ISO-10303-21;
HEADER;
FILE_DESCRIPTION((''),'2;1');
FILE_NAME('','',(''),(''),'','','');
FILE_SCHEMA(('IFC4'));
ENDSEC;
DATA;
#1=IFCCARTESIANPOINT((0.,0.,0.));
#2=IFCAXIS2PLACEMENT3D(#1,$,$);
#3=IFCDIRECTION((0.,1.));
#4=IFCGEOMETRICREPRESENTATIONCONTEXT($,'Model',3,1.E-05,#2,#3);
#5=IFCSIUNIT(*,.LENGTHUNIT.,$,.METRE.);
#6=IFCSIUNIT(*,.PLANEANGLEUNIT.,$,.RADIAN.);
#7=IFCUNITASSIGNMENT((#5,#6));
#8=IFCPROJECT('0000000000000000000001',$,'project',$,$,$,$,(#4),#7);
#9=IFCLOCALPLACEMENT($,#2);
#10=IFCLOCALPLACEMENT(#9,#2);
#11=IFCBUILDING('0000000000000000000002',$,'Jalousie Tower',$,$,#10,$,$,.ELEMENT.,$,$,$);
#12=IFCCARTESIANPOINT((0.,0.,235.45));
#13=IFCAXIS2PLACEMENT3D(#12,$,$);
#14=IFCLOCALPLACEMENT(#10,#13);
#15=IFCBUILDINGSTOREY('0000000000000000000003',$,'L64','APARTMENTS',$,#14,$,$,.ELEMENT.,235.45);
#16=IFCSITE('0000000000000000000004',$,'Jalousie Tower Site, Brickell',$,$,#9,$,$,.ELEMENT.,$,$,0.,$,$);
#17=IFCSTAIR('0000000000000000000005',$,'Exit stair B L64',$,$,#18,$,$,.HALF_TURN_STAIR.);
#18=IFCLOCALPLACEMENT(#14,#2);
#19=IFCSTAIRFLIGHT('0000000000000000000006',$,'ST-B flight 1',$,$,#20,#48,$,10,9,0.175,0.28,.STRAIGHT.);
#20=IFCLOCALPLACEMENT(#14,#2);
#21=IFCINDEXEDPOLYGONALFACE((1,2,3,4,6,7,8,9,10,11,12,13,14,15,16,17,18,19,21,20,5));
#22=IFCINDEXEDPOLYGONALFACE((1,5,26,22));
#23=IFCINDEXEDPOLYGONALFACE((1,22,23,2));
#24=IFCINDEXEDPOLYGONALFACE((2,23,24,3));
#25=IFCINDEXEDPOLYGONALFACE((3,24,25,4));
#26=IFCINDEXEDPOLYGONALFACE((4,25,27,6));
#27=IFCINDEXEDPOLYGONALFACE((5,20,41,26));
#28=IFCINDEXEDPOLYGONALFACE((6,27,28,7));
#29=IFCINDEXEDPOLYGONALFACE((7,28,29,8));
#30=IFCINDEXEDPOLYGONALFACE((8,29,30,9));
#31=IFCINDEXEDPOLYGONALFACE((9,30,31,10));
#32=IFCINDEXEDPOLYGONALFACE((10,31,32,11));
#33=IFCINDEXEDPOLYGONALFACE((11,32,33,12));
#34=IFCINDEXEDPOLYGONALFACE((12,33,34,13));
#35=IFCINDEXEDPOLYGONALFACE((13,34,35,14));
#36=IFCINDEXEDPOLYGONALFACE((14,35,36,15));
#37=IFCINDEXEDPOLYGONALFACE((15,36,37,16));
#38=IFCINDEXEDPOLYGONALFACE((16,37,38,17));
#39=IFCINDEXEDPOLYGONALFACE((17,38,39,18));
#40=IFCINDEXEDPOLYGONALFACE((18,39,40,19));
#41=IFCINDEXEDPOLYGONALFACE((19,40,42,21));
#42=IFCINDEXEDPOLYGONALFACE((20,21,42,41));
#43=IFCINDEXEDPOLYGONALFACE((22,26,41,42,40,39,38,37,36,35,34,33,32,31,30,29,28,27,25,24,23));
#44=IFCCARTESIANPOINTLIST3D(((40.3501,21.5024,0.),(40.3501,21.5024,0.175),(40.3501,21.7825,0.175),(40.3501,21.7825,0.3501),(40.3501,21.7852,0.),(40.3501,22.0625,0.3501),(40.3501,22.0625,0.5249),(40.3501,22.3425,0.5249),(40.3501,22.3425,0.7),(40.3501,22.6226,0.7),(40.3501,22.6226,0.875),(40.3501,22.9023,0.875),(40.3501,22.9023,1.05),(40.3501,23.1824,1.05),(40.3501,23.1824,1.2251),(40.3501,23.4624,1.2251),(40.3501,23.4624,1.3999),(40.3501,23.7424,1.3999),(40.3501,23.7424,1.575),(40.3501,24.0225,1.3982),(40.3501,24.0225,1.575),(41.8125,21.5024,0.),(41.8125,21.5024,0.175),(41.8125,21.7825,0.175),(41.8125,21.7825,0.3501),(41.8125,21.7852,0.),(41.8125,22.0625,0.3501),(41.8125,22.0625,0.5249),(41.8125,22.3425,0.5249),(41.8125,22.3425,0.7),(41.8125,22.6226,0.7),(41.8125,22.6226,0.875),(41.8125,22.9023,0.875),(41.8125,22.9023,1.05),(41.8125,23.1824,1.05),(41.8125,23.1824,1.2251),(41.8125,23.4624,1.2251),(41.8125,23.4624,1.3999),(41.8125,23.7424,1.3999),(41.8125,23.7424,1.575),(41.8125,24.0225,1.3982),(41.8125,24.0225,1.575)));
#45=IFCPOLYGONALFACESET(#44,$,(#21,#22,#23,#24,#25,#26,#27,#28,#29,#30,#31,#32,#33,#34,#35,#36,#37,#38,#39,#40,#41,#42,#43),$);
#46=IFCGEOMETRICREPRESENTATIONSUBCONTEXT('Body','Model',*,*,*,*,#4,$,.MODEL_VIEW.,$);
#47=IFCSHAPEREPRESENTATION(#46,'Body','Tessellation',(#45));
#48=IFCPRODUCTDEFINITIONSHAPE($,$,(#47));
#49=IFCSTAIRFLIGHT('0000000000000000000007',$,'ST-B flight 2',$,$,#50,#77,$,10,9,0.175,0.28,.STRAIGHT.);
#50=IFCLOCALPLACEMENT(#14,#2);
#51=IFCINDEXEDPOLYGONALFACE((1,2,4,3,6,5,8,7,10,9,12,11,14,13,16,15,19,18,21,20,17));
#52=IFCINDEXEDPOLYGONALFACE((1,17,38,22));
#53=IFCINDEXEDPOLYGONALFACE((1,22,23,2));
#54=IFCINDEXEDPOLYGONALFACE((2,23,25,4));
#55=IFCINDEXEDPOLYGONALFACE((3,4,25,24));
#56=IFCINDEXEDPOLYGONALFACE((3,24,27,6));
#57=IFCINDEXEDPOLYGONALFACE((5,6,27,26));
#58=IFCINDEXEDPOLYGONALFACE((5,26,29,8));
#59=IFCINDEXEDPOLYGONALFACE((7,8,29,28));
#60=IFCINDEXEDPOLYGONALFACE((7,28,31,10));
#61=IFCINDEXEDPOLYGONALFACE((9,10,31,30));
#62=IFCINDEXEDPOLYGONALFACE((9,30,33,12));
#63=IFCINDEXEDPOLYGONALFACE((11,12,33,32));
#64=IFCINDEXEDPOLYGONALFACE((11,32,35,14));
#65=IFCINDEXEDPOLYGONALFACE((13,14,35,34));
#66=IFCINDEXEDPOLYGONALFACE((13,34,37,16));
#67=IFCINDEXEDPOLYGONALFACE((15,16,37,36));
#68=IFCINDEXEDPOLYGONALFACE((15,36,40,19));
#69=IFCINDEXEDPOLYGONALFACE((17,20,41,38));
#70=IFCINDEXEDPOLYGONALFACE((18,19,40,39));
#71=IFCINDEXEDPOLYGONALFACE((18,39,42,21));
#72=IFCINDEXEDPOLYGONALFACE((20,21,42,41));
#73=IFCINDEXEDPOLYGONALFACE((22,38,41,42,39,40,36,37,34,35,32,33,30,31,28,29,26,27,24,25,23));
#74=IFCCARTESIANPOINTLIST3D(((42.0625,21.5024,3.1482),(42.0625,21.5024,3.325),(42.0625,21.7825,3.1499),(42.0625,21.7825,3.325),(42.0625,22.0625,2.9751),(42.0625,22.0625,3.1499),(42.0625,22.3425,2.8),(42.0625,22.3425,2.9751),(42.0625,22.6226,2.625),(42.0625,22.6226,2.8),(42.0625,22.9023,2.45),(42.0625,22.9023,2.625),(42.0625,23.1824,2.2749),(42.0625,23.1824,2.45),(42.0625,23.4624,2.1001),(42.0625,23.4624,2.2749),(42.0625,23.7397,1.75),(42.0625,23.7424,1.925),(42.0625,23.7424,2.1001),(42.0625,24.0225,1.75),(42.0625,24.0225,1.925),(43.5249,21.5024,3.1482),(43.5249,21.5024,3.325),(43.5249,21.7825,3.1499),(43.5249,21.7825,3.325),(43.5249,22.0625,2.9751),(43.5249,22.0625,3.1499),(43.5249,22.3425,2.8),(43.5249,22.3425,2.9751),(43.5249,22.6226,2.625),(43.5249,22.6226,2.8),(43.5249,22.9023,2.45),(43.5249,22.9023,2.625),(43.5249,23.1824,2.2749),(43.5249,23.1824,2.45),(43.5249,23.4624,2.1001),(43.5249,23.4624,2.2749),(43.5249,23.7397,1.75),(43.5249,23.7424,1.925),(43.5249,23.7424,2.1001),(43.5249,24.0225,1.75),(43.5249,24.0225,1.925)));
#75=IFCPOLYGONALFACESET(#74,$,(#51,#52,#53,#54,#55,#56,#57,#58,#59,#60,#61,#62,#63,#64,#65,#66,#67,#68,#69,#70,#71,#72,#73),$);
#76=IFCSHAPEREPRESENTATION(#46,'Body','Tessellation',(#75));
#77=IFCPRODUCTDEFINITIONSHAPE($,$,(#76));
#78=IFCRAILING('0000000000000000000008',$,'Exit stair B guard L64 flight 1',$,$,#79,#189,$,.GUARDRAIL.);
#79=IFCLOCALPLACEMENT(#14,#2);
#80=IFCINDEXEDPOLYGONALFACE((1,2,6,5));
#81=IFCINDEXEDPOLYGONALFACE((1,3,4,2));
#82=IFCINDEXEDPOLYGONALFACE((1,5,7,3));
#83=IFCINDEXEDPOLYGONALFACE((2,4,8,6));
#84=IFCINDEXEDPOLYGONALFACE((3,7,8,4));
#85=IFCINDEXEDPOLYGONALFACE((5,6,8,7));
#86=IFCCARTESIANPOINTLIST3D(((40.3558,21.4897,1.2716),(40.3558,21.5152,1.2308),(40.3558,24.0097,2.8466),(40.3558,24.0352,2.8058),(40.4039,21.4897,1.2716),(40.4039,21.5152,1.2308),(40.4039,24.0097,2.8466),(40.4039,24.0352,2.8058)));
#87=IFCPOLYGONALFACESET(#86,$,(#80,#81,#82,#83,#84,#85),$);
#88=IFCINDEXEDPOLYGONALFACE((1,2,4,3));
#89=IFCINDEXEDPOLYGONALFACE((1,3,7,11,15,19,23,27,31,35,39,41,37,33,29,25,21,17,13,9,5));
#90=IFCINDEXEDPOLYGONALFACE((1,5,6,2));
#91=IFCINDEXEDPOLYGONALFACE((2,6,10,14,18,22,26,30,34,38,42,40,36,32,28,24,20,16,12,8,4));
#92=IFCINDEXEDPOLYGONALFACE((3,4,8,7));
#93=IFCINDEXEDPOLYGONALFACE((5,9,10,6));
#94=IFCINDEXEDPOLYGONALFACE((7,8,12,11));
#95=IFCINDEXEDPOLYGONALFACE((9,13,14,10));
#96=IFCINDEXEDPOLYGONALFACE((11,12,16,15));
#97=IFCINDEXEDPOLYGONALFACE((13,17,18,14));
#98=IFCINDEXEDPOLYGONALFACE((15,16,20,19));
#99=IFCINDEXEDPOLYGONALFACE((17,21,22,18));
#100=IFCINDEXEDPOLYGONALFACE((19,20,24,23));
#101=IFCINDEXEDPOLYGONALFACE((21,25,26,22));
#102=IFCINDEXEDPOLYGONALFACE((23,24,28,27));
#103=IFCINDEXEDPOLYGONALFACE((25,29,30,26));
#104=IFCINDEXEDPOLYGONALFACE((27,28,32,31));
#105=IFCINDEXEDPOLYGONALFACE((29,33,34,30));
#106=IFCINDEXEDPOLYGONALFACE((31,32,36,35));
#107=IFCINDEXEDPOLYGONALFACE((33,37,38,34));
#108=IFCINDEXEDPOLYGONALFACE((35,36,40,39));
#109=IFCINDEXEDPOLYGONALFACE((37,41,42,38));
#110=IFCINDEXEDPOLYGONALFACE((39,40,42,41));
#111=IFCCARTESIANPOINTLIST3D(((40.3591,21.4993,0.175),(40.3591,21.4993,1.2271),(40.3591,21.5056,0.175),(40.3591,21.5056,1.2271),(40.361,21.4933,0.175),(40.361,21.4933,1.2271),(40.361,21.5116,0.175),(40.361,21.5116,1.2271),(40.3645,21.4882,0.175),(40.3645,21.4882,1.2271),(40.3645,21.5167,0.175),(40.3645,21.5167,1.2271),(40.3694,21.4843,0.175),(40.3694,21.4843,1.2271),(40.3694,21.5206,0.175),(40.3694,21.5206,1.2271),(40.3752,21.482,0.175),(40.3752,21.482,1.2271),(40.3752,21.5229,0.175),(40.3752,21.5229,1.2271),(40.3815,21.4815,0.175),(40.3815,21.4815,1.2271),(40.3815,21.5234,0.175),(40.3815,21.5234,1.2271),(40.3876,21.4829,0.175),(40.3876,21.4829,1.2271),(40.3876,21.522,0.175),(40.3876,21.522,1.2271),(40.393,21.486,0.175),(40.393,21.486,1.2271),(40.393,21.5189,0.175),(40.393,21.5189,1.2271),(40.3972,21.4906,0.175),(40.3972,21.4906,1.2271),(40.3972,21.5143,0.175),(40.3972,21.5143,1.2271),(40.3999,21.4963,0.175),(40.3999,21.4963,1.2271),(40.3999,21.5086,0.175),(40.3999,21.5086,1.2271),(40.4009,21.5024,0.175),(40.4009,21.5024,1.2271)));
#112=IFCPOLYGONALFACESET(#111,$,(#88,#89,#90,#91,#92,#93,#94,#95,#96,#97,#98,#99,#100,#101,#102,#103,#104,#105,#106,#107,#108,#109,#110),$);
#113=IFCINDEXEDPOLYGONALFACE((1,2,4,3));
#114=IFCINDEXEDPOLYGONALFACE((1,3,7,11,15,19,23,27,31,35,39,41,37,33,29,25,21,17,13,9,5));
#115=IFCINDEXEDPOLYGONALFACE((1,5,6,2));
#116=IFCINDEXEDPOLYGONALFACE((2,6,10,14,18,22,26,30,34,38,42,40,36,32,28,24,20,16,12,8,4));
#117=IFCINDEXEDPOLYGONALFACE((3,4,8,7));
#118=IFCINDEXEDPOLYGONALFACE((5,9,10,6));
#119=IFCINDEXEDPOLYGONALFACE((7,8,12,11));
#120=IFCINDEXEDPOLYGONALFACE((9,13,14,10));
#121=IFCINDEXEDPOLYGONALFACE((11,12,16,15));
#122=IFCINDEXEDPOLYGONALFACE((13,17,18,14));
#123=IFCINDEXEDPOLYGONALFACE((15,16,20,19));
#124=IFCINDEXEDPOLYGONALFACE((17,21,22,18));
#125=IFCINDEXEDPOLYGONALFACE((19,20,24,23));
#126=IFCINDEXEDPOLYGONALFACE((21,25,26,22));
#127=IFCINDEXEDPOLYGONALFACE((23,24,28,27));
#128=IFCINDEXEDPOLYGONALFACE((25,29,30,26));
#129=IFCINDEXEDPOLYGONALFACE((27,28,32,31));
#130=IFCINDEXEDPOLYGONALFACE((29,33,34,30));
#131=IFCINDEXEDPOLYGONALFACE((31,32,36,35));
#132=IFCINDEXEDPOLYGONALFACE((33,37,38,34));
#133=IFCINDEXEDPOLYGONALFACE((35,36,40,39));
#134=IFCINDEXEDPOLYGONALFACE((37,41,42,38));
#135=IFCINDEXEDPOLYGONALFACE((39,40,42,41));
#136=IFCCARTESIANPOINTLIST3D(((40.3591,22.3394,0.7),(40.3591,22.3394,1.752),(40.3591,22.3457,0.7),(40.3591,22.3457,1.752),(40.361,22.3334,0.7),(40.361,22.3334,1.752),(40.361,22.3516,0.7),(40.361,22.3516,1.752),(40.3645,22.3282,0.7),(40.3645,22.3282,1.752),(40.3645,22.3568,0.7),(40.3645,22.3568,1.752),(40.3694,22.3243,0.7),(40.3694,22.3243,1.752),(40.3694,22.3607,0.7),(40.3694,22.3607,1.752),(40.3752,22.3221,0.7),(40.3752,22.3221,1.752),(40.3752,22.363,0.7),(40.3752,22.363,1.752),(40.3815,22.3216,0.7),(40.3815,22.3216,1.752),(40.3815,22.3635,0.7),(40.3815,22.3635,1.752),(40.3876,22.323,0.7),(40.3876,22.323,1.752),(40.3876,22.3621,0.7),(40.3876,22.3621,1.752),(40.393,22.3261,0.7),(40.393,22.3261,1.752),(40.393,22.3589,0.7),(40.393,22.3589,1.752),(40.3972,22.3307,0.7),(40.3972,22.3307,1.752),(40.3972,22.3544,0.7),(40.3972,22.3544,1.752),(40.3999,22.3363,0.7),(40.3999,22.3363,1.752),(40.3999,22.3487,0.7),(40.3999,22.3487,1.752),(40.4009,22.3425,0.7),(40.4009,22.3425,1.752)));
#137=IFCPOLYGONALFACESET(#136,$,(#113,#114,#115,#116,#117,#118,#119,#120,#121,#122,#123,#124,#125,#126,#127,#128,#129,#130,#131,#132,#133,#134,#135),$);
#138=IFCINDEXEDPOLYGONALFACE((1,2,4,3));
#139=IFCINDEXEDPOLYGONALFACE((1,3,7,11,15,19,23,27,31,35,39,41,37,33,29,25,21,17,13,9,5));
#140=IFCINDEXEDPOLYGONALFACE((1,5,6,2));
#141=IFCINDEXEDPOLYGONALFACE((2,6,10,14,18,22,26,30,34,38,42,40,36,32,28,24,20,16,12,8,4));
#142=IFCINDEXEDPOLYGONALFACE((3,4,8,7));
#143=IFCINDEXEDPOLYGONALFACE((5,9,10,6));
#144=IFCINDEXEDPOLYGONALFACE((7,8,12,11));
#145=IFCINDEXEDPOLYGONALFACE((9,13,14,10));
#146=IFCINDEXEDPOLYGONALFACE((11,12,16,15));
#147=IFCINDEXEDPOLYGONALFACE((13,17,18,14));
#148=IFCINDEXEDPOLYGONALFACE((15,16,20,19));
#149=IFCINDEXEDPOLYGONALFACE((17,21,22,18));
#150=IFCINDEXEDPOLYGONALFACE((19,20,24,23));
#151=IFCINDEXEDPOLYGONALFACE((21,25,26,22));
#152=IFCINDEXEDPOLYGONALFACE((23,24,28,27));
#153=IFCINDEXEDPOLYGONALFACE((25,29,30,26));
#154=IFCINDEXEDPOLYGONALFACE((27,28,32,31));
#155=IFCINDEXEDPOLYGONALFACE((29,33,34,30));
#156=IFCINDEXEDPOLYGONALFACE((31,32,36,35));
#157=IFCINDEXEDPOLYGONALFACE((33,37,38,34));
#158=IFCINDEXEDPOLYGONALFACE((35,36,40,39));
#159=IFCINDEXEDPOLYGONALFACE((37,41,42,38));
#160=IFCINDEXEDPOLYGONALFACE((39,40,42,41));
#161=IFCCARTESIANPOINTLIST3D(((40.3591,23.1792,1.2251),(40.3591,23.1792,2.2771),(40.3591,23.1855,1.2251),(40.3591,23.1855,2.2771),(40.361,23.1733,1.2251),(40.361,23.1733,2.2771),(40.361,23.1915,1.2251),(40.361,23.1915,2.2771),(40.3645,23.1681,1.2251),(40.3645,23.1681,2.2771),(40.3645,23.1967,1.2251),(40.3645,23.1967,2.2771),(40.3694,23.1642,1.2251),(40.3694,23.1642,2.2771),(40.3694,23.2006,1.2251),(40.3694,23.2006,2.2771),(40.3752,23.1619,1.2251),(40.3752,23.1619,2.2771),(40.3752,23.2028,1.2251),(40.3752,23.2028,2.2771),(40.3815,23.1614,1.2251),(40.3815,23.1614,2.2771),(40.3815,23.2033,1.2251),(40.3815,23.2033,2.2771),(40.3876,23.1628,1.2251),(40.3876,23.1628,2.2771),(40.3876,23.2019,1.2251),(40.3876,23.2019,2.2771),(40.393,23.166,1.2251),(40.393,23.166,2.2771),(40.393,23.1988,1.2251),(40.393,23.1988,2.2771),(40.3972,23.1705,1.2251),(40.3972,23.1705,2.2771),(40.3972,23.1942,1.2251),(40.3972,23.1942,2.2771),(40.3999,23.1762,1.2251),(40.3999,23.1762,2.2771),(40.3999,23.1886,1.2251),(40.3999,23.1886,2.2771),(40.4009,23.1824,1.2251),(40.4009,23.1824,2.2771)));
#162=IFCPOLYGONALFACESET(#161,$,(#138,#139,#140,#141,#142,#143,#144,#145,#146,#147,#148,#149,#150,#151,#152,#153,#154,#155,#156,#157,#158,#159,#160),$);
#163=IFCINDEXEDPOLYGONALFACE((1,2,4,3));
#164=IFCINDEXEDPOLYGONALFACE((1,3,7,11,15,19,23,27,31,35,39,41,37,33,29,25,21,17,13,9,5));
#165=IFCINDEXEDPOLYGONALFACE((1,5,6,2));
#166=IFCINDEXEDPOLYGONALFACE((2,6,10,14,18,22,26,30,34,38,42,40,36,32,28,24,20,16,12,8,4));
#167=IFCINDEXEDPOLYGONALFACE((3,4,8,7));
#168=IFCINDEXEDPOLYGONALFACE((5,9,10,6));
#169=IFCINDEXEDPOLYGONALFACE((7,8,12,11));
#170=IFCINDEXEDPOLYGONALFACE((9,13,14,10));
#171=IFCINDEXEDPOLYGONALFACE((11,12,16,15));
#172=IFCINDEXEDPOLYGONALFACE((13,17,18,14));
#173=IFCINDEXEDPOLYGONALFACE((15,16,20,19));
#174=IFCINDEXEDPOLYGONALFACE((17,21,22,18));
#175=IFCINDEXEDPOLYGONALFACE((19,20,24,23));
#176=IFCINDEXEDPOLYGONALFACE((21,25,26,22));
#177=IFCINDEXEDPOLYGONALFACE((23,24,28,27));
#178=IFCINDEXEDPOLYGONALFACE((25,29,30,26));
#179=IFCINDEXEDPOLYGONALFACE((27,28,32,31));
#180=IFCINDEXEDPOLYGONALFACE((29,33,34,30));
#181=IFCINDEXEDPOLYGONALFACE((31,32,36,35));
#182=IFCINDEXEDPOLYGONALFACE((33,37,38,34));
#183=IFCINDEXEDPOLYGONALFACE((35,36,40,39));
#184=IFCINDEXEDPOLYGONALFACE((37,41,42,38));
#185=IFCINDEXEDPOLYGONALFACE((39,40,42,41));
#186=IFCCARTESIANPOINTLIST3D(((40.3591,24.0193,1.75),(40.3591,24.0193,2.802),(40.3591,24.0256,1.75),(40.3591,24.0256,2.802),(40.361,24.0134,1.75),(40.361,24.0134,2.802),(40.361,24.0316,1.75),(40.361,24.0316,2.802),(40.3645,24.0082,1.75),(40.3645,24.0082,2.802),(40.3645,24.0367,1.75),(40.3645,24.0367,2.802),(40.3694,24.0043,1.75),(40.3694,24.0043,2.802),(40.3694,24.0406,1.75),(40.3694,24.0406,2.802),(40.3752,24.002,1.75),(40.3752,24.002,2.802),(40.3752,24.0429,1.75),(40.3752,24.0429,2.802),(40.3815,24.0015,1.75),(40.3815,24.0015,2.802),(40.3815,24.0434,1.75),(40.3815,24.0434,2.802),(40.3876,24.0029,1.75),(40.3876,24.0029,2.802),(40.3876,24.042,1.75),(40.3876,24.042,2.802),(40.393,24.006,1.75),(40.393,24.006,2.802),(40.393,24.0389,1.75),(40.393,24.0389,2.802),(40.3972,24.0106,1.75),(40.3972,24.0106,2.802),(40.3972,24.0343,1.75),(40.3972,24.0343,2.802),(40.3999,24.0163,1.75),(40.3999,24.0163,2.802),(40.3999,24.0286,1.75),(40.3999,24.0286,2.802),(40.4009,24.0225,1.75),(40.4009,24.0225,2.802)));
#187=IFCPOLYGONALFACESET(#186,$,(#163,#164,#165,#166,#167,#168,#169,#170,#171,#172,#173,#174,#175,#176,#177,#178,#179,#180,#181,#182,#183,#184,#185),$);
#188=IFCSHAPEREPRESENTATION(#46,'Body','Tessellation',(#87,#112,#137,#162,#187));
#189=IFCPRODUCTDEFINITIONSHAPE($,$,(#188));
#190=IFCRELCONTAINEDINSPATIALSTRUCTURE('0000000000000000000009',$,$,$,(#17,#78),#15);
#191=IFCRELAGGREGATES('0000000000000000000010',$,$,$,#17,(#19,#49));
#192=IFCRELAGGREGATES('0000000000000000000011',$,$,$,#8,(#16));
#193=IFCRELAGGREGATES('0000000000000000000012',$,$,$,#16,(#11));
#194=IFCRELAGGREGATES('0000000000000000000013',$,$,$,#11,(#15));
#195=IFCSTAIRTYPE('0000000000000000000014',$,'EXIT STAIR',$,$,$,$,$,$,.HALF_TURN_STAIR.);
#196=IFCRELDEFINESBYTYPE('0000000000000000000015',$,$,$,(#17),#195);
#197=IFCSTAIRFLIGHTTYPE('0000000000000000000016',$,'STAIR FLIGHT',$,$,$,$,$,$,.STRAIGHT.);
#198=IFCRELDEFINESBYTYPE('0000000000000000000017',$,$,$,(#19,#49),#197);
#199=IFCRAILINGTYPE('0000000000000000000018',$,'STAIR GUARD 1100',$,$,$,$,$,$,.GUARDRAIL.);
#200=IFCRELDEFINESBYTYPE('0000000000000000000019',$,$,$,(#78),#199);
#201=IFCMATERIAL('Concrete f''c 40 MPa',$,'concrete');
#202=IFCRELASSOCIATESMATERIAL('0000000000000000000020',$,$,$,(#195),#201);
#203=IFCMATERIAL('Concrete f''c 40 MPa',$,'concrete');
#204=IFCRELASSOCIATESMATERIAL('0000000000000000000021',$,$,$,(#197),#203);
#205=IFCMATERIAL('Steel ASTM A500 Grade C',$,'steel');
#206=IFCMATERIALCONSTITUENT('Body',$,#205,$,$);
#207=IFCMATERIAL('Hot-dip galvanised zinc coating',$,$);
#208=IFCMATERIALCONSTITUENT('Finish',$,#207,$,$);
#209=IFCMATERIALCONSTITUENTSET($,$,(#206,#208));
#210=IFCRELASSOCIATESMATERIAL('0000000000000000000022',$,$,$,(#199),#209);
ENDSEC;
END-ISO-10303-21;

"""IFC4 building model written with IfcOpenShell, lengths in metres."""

from ifc_helpers import new_model, si_unit, direction, frame, origin, origin_2d, place, context, subcontext, project, spatial, polyline, rectangle, circle, outline, extrude, material, constituent, constituent_set, type_object, element, aggregate, save


model = new_model("IFC4")

# Units and contexts
model_context = context("Model", 3, precision=1e-05, world=origin(), true_north=direction((0.0, 1.0)))
body_context = subcontext(model_context, "Body", "Model", "MODEL_VIEW")
ifc_project = project(units=[si_unit("LENGTHUNIT", "METRE"), si_unit("PLANEANGLEUNIT", "RADIAN")], contexts=[model_context])

# Site, building, storey
site_placement = place(None, origin())
site = spatial("IfcSite", under=ifc_project, at=site_placement, Name="Jalousie Tower Site, Brickell", CompositionType="ELEMENT", RefElevation=0.0)
building_placement = place(site_placement, origin())
building = spatial("IfcBuilding", under=site, at=building_placement, Name="Jalousie Tower", CompositionType="ELEMENT")
storey_placement = place(building_placement, frame((0.0, 0.0, 235.45)))
storey = spatial("IfcBuildingStorey", under=building, at=storey_placement, Name="L64", Description="APARTMENTS", CompositionType="ELEMENT", Elevation=235.45)

# Stair, stair flights
ifc_material_1 = material(Name="Concrete f'c 40 MPa", Category="concrete")
stair_type = type_object("IfcStairType", Name="EXIT STAIR", PredefinedType="HALF_TURN_STAIR", material=ifc_material_1)
stair_placement = place(storey_placement, origin())
stair = element("IfcStair", 1, at=stair_placement, inside=storey, type_object=stair_type, Name="Exit stair B L64", PredefinedType="HALF_TURN_STAIR")
ifc_material_2 = material(Name="Concrete f'c 40 MPa", Category="concrete")
stair_flight_type = type_object("IfcStairFlightType", Name="STAIR FLIGHT", PredefinedType="STRAIGHT", material=ifc_material_2)
stair_flight_1_placement = place(storey_placement, frame((41.0813, 21.5024, 0.0), z_axis=(0.0, 0.0, 1.0), x_axis=(0.0, 1.0, 0.0)))
stair_flight_1 = element("IfcStairFlight", 2, at=stair_flight_1_placement, type_object=stair_flight_type, Name="ST-B flight 1", NumberOfRisers=10, NumberOfTreads=9, PredefinedType="STRAIGHT", RiserHeight=0.175, TreadLength=0.28, context=body_context, shape_type="SweptSolid", body=[
    extrude(outline(polyline([(0.0, 0.0), (0.0, 0.175), (0.28, 0.175), (0.28, 0.3501), (0.5601, 0.3501), (0.5601, 0.5249), (0.8401, 0.5249), (0.8401, 0.7), (1.1201, 0.7), (1.1201, 0.875), (1.3999, 0.875), (1.3999, 1.05), (1.6799, 1.05), (1.6799, 1.2251), (1.96, 1.2251), (1.96, 1.3999), (2.24, 1.3999), (2.24, 1.575), (2.52, 1.575), (2.52, 1.75), (2.52, 1.3982), (0.2827, 0.0), (0.0, 0.0)])), frame((0.0, 0.7312, 0.0), z_axis=(0.0, -1.0, 0.0), x_axis=(1.0, 0.0, 0.0)), (0.0, 0.0, 1.0), 1.4624),
])
stair_flight_2_placement = place(storey_placement, frame((42.7937, 24.0225, 1.75), z_axis=(0.0, 0.0, 1.0), x_axis=(0.0, -1.0, 0.0)))
stair_flight_2 = element("IfcStairFlight", 3, at=stair_flight_2_placement, type_object=stair_flight_type, Name="ST-B flight 2", NumberOfRisers=10, NumberOfTreads=9, PredefinedType="STRAIGHT", RiserHeight=0.175, TreadLength=0.28, context=body_context, shape_type="SweptSolid", body=[
    extrude(outline(polyline([(0.0, 0.0), (0.0, 0.175), (0.28, 0.175), (0.28, 0.3501), (0.5601, 0.3501), (0.5601, 0.5249), (0.8401, 0.5249), (0.8401, 0.7), (1.1201, 0.7), (1.1201, 0.875), (1.3999, 0.875), (1.3999, 1.05), (1.6799, 1.05), (1.6799, 1.2251), (1.96, 1.2251), (1.96, 1.3999), (2.24, 1.3999), (2.24, 1.575), (2.52, 1.575), (2.52, 1.75), (2.52, 1.3982), (0.2827, 0.0), (0.0, 0.0)])), frame((0.0, 0.7312, 0.0), z_axis=(0.0, -1.0, 0.0), x_axis=(1.0, 0.0, 0.0)), (0.0, 0.0, 1.0), 1.4624),
])
aggregate(stair, [stair_flight_1, stair_flight_2])

# Railing
ifc_material_3 = material(Name="Steel ASTM A500 Grade C", Category="steel")
ifc_constituent_1 = constituent(ifc_material_3, Name="Body")
ifc_material_4 = material(Name="Hot-dip galvanised zinc coating")
ifc_constituent_2 = constituent(ifc_material_4, Name="Finish")
ifc_constituent_set_1 = constituent_set(constituents=[ifc_constituent_1, ifc_constituent_2])
railing_type_1 = type_object("IfcRailingType", Name="STAIR GUARD 1100", PredefinedType="GUARDRAIL", material=ifc_constituent_set_1)
railing_1_placement = place(storey_placement, frame((40.3799, 21.5024, 0.175)))
element("IfcRailing", 4, at=railing_1_placement, inside=storey, type_object=railing_type_1, Name="Exit stair B guard L64 flight 1", PredefinedType="GUARDRAIL", context=body_context, shape_type="SweptSolid", body=[
    extrude(rectangle(XDim=0.0481, YDim=0.0481, at=origin_2d()), frame((0.0, 0.0, 1.0762), z_axis=(0.0, 0.848008, 0.529984), x_axis=(-1.0, 0.0, 0.0)), (0.0, 0.0, 1.0), 2.9717),
    extrude(circle(Radius=0.021, at=origin_2d()), origin(), (0.0, 0.0, 1.0), 1.052),
    extrude(circle(Radius=0.021, at=origin_2d()), frame((0.0, 0.8401, 0.5249)), (0.0, 0.0, 1.0), 1.052),
    extrude(circle(Radius=0.021, at=origin_2d()), frame((0.0, 1.6799, 1.05)), (0.0, 0.0, 1.0), 1.052),
    extrude(circle(Radius=0.021, at=origin_2d()), frame((0.0, 2.52, 1.575)), (0.0, 0.0, 1.0), 1.052),
])

save(model, "model.ifc")
